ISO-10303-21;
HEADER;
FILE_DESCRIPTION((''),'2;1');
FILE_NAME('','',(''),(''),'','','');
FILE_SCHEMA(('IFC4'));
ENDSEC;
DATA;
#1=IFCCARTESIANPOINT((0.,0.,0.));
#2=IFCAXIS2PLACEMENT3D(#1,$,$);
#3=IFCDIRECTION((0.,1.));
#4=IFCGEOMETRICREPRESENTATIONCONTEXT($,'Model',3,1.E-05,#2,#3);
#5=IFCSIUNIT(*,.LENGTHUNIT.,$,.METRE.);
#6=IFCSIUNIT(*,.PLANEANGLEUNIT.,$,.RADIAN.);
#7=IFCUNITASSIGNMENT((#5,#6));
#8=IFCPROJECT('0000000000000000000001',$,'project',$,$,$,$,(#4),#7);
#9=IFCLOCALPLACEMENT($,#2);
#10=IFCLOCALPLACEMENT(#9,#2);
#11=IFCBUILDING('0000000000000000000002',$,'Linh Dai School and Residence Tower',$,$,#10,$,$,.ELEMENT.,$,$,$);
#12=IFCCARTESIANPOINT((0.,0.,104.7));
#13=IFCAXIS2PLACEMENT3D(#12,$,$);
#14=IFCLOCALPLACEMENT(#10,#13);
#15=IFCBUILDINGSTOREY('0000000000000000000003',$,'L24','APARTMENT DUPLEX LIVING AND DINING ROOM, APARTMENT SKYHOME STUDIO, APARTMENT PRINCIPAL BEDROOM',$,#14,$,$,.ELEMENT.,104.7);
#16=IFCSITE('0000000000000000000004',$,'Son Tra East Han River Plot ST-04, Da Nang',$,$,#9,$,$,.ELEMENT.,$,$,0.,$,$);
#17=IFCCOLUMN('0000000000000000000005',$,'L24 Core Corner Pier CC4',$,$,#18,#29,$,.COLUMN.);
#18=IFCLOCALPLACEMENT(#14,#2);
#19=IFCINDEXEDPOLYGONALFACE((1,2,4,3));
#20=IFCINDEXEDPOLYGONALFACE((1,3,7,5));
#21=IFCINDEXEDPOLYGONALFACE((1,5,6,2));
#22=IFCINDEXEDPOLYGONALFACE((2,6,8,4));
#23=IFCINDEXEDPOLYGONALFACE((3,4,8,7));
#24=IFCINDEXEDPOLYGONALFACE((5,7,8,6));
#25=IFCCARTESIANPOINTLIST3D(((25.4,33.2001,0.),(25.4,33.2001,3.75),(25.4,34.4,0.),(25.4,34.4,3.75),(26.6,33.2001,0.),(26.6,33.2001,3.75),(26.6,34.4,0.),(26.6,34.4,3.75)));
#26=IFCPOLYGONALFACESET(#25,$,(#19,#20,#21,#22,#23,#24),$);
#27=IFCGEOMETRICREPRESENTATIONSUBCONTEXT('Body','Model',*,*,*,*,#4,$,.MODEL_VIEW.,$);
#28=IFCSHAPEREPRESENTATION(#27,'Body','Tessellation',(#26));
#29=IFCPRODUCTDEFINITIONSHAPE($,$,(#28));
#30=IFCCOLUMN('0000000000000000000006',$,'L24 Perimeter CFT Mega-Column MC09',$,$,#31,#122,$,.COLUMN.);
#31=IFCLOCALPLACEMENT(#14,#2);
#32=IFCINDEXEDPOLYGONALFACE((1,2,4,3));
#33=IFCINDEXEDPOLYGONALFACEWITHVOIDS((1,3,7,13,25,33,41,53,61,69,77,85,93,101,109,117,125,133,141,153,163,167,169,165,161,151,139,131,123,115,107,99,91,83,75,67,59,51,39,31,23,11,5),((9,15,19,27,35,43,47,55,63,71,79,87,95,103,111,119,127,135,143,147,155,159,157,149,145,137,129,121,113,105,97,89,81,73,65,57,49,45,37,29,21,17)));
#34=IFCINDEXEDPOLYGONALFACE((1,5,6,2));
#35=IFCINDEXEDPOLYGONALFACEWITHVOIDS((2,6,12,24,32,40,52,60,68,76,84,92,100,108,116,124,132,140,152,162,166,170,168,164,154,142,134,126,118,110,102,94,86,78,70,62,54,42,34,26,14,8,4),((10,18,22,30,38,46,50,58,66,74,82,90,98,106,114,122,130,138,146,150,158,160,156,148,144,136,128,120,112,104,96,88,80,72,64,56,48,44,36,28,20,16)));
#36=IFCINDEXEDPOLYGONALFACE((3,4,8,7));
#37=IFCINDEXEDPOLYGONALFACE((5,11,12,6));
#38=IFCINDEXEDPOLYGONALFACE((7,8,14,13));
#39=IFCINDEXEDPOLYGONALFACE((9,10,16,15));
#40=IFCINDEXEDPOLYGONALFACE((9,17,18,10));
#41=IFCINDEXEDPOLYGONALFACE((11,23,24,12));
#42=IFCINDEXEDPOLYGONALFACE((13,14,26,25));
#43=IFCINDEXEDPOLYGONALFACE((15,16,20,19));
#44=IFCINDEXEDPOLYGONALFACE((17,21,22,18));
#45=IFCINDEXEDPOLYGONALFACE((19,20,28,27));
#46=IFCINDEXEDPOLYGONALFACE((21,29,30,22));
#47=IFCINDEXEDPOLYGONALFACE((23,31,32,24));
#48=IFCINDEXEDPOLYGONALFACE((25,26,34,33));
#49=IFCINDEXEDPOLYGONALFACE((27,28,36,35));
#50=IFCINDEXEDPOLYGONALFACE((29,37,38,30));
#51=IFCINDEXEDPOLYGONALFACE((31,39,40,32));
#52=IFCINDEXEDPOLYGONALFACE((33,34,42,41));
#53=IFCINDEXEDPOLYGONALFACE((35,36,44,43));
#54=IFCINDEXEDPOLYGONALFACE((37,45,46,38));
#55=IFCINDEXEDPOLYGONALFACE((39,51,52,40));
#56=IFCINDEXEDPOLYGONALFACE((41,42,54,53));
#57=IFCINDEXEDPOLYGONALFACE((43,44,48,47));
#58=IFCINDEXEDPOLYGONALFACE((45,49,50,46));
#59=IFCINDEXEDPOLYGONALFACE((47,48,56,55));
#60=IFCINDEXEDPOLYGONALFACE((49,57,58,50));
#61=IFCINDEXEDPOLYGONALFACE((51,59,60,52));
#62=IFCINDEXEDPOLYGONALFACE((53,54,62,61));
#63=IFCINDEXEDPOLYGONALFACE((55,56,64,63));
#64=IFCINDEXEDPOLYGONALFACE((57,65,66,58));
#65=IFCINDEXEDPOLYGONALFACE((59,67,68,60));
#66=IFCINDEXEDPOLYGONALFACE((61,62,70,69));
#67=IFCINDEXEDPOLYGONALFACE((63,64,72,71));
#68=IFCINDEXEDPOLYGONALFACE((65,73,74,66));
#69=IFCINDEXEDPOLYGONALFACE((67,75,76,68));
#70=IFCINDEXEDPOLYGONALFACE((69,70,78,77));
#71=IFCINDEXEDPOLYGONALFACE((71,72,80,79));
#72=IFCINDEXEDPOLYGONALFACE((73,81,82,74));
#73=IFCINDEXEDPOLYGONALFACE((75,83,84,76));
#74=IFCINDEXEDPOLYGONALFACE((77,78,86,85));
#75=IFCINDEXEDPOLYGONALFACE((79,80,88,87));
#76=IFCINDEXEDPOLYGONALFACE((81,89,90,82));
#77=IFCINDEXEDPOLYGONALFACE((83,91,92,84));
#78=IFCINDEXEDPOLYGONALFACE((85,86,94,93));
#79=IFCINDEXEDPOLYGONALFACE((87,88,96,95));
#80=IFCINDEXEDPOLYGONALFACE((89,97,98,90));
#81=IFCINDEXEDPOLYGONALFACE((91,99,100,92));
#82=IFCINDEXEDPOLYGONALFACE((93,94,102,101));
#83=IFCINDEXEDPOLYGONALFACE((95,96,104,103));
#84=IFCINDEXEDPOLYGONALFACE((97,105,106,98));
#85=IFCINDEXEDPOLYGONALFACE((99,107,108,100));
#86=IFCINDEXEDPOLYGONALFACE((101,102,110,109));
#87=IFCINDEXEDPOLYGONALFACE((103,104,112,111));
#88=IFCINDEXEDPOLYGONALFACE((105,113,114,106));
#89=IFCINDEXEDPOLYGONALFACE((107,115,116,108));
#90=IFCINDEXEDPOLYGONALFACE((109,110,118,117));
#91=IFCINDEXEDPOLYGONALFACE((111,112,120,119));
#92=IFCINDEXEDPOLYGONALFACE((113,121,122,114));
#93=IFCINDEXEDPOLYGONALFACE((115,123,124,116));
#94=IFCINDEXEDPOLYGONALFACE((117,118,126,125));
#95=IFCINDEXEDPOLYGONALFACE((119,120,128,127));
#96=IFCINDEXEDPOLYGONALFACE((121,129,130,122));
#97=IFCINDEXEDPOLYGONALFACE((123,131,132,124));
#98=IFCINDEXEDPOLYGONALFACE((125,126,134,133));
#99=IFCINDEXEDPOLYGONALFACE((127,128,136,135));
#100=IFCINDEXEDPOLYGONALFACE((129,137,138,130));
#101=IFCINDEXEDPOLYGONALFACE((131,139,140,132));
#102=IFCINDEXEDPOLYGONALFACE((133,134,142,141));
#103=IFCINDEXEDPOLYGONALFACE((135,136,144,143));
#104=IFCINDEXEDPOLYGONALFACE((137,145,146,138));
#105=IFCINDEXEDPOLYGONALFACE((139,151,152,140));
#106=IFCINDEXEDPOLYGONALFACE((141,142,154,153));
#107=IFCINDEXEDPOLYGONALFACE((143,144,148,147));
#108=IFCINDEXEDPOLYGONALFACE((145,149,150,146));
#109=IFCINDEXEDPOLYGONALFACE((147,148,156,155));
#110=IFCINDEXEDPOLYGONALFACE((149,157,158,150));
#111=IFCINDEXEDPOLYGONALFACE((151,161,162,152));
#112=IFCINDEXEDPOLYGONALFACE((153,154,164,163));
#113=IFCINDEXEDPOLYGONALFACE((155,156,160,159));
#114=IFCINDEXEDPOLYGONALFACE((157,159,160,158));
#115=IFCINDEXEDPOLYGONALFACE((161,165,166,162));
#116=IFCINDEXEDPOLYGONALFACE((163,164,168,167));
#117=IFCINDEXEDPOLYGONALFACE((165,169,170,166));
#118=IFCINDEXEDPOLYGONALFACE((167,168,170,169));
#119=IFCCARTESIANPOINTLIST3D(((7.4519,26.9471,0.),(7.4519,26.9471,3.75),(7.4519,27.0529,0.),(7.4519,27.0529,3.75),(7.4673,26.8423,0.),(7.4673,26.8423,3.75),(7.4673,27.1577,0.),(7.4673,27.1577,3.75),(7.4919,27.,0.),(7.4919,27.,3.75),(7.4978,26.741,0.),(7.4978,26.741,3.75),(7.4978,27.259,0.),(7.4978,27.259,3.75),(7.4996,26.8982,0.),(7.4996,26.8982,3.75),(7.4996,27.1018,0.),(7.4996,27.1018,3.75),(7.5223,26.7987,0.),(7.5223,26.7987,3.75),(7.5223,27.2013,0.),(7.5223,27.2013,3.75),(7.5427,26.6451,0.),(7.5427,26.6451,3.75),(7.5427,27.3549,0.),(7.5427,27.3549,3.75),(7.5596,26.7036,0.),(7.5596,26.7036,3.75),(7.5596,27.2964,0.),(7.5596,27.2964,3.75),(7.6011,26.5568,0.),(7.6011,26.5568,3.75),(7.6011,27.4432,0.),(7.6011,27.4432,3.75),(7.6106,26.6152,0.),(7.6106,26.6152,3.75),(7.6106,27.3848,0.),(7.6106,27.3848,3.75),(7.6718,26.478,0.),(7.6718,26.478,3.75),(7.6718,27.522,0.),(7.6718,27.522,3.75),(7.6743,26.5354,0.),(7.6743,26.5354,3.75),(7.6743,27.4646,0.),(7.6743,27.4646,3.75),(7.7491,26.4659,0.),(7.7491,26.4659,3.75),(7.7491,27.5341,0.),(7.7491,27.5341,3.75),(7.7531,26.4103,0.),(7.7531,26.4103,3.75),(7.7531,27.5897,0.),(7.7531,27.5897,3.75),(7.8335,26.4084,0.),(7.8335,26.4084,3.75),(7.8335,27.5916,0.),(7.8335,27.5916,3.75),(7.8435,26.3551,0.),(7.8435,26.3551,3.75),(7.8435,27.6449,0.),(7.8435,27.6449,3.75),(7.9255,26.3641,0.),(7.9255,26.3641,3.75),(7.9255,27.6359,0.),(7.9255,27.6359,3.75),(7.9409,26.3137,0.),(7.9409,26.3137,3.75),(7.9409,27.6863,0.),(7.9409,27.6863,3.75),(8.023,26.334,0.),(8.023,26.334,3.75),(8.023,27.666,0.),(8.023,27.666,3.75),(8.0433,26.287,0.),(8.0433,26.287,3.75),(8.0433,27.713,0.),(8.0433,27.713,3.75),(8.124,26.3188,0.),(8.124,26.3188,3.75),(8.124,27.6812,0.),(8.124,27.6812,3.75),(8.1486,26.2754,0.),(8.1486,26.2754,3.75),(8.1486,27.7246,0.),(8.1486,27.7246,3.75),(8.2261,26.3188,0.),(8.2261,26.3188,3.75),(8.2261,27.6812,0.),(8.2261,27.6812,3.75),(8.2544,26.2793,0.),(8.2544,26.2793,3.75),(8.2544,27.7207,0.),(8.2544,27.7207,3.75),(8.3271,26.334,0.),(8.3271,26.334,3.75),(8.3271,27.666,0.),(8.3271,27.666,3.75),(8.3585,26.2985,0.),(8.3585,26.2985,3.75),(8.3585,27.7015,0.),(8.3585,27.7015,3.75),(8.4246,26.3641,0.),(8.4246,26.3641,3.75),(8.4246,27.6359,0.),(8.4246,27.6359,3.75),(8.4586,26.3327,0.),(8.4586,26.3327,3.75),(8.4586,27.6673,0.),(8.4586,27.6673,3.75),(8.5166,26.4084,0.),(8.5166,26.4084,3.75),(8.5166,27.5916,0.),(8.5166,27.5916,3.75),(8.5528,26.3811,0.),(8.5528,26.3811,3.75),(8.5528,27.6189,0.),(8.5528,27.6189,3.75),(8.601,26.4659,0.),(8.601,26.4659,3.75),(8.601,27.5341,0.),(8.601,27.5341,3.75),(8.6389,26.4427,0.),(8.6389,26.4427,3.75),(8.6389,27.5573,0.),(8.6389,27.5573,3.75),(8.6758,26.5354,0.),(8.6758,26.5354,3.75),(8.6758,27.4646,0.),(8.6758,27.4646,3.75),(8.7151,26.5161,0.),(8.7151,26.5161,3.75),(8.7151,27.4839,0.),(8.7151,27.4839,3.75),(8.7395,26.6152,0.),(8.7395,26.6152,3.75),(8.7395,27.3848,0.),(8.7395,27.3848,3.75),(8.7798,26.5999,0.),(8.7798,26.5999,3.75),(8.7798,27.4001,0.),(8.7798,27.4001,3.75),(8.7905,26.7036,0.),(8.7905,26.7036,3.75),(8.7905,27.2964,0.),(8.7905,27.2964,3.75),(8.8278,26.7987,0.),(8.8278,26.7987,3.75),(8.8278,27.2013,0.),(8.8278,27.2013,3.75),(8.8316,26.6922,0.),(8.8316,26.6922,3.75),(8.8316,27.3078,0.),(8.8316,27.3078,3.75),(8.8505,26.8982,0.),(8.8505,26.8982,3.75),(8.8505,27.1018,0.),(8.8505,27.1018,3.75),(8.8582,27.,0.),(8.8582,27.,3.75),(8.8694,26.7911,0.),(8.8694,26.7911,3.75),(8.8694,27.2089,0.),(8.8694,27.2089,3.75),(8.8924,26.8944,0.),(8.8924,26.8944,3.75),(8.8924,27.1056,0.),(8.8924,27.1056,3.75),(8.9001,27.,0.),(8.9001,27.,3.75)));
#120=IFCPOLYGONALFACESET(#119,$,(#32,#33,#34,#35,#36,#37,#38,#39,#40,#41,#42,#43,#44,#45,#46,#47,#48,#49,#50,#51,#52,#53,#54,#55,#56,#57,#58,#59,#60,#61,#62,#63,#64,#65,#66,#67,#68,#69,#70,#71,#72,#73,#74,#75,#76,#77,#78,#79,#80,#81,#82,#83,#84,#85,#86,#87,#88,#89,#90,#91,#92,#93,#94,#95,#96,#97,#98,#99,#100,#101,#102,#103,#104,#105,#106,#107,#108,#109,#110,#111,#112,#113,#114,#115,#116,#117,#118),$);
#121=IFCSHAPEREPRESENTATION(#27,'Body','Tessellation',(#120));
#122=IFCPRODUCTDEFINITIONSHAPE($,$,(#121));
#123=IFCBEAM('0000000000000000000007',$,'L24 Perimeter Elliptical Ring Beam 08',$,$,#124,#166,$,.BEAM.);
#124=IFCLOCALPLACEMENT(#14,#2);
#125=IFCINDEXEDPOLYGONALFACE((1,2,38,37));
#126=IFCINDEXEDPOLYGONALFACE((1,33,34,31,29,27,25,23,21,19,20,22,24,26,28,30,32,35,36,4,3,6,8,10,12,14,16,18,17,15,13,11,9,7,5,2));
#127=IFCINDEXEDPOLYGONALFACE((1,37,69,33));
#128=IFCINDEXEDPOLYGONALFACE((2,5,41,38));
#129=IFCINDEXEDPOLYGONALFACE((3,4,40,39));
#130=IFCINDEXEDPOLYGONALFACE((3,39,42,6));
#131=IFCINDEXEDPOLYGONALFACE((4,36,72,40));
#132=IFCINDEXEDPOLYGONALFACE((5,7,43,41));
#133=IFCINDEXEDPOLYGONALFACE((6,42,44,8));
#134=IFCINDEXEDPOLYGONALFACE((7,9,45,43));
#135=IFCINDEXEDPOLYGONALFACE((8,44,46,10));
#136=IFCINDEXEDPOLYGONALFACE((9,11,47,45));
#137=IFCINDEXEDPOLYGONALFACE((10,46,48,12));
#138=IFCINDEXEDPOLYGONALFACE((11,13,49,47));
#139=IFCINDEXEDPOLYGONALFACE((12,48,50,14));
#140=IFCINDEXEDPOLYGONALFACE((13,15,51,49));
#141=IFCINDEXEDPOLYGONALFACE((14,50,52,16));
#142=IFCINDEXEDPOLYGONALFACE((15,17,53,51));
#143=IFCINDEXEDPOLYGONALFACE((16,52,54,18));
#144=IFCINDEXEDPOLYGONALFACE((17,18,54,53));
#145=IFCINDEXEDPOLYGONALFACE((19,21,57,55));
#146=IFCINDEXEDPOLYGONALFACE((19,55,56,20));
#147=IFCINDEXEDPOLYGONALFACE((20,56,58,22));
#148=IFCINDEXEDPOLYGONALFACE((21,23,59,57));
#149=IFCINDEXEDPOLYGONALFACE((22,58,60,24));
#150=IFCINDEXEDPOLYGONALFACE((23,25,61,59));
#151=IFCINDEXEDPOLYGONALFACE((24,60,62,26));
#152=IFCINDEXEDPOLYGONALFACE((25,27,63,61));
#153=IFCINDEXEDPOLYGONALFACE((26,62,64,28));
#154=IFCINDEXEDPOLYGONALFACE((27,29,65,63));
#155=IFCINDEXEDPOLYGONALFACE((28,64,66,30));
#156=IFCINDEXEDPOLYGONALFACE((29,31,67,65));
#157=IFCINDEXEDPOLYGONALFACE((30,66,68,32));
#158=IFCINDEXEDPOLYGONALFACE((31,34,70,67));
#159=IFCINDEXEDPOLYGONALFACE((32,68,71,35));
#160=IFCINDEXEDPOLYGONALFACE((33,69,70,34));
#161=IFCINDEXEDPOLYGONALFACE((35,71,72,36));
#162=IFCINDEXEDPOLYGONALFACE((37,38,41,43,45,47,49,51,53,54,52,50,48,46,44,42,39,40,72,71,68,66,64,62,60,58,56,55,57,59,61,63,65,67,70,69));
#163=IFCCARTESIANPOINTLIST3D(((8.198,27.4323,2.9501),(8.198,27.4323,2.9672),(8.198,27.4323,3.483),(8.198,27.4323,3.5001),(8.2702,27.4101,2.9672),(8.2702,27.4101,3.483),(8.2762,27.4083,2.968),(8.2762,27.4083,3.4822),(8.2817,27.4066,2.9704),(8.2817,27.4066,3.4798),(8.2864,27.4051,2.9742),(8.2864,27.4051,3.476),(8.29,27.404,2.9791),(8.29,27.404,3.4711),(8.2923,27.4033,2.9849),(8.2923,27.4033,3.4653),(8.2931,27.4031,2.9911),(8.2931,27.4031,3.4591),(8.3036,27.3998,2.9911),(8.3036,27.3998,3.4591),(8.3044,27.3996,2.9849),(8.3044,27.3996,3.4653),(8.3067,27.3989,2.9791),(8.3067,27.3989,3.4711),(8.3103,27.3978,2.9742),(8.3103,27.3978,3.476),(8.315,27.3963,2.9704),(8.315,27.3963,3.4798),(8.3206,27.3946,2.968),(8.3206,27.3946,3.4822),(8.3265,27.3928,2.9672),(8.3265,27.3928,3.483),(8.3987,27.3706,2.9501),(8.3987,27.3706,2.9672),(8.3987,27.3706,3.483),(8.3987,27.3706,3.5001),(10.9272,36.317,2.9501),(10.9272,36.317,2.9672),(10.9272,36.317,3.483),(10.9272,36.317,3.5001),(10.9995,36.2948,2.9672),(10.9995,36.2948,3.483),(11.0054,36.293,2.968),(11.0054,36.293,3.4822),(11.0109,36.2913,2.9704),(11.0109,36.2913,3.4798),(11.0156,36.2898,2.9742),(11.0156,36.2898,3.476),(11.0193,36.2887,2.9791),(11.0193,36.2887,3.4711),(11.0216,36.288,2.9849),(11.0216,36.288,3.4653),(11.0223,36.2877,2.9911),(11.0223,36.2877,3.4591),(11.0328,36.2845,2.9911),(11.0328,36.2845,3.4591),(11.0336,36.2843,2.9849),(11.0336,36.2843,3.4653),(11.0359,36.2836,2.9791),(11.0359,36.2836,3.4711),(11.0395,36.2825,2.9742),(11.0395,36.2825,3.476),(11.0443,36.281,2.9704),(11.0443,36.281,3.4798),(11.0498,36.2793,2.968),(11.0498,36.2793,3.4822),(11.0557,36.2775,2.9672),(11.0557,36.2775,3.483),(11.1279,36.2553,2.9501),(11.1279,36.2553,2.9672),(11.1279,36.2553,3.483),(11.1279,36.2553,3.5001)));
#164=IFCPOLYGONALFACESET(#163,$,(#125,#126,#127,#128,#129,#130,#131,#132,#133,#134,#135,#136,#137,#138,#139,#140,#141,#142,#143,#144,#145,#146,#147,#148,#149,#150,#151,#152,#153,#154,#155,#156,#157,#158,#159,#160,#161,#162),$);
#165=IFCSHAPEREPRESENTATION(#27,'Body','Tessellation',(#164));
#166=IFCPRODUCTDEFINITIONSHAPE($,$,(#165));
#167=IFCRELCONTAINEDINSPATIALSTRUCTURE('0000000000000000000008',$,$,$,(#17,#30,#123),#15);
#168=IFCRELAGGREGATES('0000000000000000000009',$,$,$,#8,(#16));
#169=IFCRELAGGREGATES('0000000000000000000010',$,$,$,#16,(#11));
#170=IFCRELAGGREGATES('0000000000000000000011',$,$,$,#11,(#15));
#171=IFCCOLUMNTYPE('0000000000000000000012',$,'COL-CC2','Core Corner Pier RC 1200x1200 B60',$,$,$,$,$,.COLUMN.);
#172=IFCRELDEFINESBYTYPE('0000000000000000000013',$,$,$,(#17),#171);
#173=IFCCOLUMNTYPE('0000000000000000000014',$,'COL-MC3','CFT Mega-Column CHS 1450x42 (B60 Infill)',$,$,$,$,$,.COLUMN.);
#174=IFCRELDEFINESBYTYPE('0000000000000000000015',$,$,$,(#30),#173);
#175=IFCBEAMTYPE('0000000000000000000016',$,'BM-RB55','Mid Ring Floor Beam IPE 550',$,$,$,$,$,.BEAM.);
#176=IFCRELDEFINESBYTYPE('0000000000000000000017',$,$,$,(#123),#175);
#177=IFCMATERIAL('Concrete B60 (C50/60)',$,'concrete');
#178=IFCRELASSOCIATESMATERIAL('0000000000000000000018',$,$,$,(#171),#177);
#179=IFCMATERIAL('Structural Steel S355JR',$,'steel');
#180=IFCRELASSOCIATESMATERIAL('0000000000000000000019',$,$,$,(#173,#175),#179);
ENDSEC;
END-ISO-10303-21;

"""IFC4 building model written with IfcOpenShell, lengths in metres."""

from ifc_helpers import new_model, si_unit, direction, frame, origin, origin_2d, place, context, subcontext, project, spatial, rectangle, hollow_circle, i_section, extrude, material, material_profile, profile_set, type_object, element, save


model = new_model("IFC4")

# Units and contexts
model_context = context("Model", 3, precision=1e-05, world=origin(), true_north=direction((0.0, 1.0)))
body_context = subcontext(model_context, "Body", "Model", "MODEL_VIEW")
ifc_project = project(units=[si_unit("LENGTHUNIT", "METRE"), si_unit("PLANEANGLEUNIT", "RADIAN")], contexts=[model_context])

# Site, building, storey
site_placement = place(None, origin())
site = spatial("IfcSite", under=ifc_project, at=site_placement, Name="Son Tra East Han River Plot ST-04, Da Nang", CompositionType="ELEMENT", RefElevation=0.0)
building_placement = place(site_placement, origin())
building = spatial("IfcBuilding", under=site, at=building_placement, Name="Linh Dai School and Residence Tower", CompositionType="ELEMENT")
storey_placement = place(building_placement, frame((0.0, 0.0, 104.7)))
storey = spatial("IfcBuildingStorey", under=building, at=storey_placement, Name="L24", Description="APARTMENT DUPLEX LIVING AND DINING ROOM, APARTMENT SKYHOME STUDIO, APARTMENT PRINCIPAL BEDROOM", CompositionType="ELEMENT", Elevation=104.7)

# Columns
ifc_material_1 = material(Name="Concrete B60 (C50/60)", Category="concrete")
ifc_material_profile_1 = material_profile(ifc_material_1, rectangle(XDim=1.2, YDim=1.2, at=origin_2d()), Name="RC 1200x1200")
ifc_profile_set_1 = profile_set([ifc_material_profile_1], Name="Concrete B60 (C50/60)")
column_type_1 = type_object("IfcColumnType", Name="COL-CC2", Description="Core Corner Pier RC 1200x1200 B60", PredefinedType="COLUMN", material=ifc_profile_set_1)
column_1_placement = place(storey_placement, frame((26.0, 33.8, 0.0), z_axis=(0.0, 0.0, 1.0), x_axis=(1.0, 0.0, 0.0)))
element("IfcColumn", 1, at=column_1_placement, inside=storey, type_object=column_type_1, Name="L24 Core Corner Pier CC4", PredefinedType="COLUMN", context=body_context, shape_type="SweptSolid", body=[
    extrude(rectangle(XDim=1.2, YDim=1.2, at=origin_2d()), origin(), (0.0, 0.0, 1.0), 3.75),
])
ifc_material_2 = material(Name="Structural Steel S355JR", Category="steel")
ifc_material_profile_2 = material_profile(ifc_material_2, hollow_circle(Radius=0.7251, WallThickness=0.042, at=origin_2d()), Name="CHS 1450x42")
ifc_profile_set_2 = profile_set([ifc_material_profile_2], Name="Structural Steel S355JR")
column_type_2 = type_object("IfcColumnType", Name="COL-MC3", Description="CFT Mega-Column CHS 1450x42 (B60 Infill)", PredefinedType="COLUMN", material=ifc_profile_set_2)
column_2_placement = place(storey_placement, frame((8.175, 27.0, 0.0), z_axis=(0.0, 0.0, 1.0), x_axis=(1.0, 0.0, 0.0)))
element("IfcColumn", 2, at=column_2_placement, inside=storey, type_object=column_type_2, Name="L24 Perimeter CFT Mega-Column MC09", PredefinedType="COLUMN", context=body_context, shape_type="SweptSolid", body=[
    extrude(hollow_circle(Radius=0.7251, WallThickness=0.042, at=origin_2d()), origin(), (0.0, 0.0, 1.0), 3.75),
])

# Beam
ifc_material_profile_3 = material_profile(ifc_material_2, i_section(OverallWidth=0.21, OverallDepth=0.55, WebThickness=0.011, FlangeThickness=0.0171, FilletRadius=0.0239, at=origin_2d()), Name="IPE 550")
ifc_profile_set_3 = profile_set([ifc_material_profile_3], Name="Structural Steel S355JR")
beam_type_1 = type_object("IfcBeamType", Name="BM-RB55", Description="Mid Ring Floor Beam IPE 550", PredefinedType="BEAM", material=ifc_profile_set_3)
beam_1_placement = place(storey_placement, frame((11.0276, 36.2861, 3.2251), z_axis=(-0.293641, -0.955916, 0.0), x_axis=(0.955916, -0.293641, 0.0)))
element("IfcBeam", 3, at=beam_1_placement, inside=storey, type_object=beam_type_1, Name="L24 Perimeter Elliptical Ring Beam 08", PredefinedType="BEAM", context=body_context, shape_type="SweptSolid", body=[
    extrude(i_section(OverallWidth=0.21, OverallDepth=0.55, WebThickness=0.011, FlangeThickness=0.0171, FilletRadius=0.0239, at=origin_2d()), origin(), (0.0, 0.0, 1.0), 9.2944),
])

save(model, "model.ifc")
